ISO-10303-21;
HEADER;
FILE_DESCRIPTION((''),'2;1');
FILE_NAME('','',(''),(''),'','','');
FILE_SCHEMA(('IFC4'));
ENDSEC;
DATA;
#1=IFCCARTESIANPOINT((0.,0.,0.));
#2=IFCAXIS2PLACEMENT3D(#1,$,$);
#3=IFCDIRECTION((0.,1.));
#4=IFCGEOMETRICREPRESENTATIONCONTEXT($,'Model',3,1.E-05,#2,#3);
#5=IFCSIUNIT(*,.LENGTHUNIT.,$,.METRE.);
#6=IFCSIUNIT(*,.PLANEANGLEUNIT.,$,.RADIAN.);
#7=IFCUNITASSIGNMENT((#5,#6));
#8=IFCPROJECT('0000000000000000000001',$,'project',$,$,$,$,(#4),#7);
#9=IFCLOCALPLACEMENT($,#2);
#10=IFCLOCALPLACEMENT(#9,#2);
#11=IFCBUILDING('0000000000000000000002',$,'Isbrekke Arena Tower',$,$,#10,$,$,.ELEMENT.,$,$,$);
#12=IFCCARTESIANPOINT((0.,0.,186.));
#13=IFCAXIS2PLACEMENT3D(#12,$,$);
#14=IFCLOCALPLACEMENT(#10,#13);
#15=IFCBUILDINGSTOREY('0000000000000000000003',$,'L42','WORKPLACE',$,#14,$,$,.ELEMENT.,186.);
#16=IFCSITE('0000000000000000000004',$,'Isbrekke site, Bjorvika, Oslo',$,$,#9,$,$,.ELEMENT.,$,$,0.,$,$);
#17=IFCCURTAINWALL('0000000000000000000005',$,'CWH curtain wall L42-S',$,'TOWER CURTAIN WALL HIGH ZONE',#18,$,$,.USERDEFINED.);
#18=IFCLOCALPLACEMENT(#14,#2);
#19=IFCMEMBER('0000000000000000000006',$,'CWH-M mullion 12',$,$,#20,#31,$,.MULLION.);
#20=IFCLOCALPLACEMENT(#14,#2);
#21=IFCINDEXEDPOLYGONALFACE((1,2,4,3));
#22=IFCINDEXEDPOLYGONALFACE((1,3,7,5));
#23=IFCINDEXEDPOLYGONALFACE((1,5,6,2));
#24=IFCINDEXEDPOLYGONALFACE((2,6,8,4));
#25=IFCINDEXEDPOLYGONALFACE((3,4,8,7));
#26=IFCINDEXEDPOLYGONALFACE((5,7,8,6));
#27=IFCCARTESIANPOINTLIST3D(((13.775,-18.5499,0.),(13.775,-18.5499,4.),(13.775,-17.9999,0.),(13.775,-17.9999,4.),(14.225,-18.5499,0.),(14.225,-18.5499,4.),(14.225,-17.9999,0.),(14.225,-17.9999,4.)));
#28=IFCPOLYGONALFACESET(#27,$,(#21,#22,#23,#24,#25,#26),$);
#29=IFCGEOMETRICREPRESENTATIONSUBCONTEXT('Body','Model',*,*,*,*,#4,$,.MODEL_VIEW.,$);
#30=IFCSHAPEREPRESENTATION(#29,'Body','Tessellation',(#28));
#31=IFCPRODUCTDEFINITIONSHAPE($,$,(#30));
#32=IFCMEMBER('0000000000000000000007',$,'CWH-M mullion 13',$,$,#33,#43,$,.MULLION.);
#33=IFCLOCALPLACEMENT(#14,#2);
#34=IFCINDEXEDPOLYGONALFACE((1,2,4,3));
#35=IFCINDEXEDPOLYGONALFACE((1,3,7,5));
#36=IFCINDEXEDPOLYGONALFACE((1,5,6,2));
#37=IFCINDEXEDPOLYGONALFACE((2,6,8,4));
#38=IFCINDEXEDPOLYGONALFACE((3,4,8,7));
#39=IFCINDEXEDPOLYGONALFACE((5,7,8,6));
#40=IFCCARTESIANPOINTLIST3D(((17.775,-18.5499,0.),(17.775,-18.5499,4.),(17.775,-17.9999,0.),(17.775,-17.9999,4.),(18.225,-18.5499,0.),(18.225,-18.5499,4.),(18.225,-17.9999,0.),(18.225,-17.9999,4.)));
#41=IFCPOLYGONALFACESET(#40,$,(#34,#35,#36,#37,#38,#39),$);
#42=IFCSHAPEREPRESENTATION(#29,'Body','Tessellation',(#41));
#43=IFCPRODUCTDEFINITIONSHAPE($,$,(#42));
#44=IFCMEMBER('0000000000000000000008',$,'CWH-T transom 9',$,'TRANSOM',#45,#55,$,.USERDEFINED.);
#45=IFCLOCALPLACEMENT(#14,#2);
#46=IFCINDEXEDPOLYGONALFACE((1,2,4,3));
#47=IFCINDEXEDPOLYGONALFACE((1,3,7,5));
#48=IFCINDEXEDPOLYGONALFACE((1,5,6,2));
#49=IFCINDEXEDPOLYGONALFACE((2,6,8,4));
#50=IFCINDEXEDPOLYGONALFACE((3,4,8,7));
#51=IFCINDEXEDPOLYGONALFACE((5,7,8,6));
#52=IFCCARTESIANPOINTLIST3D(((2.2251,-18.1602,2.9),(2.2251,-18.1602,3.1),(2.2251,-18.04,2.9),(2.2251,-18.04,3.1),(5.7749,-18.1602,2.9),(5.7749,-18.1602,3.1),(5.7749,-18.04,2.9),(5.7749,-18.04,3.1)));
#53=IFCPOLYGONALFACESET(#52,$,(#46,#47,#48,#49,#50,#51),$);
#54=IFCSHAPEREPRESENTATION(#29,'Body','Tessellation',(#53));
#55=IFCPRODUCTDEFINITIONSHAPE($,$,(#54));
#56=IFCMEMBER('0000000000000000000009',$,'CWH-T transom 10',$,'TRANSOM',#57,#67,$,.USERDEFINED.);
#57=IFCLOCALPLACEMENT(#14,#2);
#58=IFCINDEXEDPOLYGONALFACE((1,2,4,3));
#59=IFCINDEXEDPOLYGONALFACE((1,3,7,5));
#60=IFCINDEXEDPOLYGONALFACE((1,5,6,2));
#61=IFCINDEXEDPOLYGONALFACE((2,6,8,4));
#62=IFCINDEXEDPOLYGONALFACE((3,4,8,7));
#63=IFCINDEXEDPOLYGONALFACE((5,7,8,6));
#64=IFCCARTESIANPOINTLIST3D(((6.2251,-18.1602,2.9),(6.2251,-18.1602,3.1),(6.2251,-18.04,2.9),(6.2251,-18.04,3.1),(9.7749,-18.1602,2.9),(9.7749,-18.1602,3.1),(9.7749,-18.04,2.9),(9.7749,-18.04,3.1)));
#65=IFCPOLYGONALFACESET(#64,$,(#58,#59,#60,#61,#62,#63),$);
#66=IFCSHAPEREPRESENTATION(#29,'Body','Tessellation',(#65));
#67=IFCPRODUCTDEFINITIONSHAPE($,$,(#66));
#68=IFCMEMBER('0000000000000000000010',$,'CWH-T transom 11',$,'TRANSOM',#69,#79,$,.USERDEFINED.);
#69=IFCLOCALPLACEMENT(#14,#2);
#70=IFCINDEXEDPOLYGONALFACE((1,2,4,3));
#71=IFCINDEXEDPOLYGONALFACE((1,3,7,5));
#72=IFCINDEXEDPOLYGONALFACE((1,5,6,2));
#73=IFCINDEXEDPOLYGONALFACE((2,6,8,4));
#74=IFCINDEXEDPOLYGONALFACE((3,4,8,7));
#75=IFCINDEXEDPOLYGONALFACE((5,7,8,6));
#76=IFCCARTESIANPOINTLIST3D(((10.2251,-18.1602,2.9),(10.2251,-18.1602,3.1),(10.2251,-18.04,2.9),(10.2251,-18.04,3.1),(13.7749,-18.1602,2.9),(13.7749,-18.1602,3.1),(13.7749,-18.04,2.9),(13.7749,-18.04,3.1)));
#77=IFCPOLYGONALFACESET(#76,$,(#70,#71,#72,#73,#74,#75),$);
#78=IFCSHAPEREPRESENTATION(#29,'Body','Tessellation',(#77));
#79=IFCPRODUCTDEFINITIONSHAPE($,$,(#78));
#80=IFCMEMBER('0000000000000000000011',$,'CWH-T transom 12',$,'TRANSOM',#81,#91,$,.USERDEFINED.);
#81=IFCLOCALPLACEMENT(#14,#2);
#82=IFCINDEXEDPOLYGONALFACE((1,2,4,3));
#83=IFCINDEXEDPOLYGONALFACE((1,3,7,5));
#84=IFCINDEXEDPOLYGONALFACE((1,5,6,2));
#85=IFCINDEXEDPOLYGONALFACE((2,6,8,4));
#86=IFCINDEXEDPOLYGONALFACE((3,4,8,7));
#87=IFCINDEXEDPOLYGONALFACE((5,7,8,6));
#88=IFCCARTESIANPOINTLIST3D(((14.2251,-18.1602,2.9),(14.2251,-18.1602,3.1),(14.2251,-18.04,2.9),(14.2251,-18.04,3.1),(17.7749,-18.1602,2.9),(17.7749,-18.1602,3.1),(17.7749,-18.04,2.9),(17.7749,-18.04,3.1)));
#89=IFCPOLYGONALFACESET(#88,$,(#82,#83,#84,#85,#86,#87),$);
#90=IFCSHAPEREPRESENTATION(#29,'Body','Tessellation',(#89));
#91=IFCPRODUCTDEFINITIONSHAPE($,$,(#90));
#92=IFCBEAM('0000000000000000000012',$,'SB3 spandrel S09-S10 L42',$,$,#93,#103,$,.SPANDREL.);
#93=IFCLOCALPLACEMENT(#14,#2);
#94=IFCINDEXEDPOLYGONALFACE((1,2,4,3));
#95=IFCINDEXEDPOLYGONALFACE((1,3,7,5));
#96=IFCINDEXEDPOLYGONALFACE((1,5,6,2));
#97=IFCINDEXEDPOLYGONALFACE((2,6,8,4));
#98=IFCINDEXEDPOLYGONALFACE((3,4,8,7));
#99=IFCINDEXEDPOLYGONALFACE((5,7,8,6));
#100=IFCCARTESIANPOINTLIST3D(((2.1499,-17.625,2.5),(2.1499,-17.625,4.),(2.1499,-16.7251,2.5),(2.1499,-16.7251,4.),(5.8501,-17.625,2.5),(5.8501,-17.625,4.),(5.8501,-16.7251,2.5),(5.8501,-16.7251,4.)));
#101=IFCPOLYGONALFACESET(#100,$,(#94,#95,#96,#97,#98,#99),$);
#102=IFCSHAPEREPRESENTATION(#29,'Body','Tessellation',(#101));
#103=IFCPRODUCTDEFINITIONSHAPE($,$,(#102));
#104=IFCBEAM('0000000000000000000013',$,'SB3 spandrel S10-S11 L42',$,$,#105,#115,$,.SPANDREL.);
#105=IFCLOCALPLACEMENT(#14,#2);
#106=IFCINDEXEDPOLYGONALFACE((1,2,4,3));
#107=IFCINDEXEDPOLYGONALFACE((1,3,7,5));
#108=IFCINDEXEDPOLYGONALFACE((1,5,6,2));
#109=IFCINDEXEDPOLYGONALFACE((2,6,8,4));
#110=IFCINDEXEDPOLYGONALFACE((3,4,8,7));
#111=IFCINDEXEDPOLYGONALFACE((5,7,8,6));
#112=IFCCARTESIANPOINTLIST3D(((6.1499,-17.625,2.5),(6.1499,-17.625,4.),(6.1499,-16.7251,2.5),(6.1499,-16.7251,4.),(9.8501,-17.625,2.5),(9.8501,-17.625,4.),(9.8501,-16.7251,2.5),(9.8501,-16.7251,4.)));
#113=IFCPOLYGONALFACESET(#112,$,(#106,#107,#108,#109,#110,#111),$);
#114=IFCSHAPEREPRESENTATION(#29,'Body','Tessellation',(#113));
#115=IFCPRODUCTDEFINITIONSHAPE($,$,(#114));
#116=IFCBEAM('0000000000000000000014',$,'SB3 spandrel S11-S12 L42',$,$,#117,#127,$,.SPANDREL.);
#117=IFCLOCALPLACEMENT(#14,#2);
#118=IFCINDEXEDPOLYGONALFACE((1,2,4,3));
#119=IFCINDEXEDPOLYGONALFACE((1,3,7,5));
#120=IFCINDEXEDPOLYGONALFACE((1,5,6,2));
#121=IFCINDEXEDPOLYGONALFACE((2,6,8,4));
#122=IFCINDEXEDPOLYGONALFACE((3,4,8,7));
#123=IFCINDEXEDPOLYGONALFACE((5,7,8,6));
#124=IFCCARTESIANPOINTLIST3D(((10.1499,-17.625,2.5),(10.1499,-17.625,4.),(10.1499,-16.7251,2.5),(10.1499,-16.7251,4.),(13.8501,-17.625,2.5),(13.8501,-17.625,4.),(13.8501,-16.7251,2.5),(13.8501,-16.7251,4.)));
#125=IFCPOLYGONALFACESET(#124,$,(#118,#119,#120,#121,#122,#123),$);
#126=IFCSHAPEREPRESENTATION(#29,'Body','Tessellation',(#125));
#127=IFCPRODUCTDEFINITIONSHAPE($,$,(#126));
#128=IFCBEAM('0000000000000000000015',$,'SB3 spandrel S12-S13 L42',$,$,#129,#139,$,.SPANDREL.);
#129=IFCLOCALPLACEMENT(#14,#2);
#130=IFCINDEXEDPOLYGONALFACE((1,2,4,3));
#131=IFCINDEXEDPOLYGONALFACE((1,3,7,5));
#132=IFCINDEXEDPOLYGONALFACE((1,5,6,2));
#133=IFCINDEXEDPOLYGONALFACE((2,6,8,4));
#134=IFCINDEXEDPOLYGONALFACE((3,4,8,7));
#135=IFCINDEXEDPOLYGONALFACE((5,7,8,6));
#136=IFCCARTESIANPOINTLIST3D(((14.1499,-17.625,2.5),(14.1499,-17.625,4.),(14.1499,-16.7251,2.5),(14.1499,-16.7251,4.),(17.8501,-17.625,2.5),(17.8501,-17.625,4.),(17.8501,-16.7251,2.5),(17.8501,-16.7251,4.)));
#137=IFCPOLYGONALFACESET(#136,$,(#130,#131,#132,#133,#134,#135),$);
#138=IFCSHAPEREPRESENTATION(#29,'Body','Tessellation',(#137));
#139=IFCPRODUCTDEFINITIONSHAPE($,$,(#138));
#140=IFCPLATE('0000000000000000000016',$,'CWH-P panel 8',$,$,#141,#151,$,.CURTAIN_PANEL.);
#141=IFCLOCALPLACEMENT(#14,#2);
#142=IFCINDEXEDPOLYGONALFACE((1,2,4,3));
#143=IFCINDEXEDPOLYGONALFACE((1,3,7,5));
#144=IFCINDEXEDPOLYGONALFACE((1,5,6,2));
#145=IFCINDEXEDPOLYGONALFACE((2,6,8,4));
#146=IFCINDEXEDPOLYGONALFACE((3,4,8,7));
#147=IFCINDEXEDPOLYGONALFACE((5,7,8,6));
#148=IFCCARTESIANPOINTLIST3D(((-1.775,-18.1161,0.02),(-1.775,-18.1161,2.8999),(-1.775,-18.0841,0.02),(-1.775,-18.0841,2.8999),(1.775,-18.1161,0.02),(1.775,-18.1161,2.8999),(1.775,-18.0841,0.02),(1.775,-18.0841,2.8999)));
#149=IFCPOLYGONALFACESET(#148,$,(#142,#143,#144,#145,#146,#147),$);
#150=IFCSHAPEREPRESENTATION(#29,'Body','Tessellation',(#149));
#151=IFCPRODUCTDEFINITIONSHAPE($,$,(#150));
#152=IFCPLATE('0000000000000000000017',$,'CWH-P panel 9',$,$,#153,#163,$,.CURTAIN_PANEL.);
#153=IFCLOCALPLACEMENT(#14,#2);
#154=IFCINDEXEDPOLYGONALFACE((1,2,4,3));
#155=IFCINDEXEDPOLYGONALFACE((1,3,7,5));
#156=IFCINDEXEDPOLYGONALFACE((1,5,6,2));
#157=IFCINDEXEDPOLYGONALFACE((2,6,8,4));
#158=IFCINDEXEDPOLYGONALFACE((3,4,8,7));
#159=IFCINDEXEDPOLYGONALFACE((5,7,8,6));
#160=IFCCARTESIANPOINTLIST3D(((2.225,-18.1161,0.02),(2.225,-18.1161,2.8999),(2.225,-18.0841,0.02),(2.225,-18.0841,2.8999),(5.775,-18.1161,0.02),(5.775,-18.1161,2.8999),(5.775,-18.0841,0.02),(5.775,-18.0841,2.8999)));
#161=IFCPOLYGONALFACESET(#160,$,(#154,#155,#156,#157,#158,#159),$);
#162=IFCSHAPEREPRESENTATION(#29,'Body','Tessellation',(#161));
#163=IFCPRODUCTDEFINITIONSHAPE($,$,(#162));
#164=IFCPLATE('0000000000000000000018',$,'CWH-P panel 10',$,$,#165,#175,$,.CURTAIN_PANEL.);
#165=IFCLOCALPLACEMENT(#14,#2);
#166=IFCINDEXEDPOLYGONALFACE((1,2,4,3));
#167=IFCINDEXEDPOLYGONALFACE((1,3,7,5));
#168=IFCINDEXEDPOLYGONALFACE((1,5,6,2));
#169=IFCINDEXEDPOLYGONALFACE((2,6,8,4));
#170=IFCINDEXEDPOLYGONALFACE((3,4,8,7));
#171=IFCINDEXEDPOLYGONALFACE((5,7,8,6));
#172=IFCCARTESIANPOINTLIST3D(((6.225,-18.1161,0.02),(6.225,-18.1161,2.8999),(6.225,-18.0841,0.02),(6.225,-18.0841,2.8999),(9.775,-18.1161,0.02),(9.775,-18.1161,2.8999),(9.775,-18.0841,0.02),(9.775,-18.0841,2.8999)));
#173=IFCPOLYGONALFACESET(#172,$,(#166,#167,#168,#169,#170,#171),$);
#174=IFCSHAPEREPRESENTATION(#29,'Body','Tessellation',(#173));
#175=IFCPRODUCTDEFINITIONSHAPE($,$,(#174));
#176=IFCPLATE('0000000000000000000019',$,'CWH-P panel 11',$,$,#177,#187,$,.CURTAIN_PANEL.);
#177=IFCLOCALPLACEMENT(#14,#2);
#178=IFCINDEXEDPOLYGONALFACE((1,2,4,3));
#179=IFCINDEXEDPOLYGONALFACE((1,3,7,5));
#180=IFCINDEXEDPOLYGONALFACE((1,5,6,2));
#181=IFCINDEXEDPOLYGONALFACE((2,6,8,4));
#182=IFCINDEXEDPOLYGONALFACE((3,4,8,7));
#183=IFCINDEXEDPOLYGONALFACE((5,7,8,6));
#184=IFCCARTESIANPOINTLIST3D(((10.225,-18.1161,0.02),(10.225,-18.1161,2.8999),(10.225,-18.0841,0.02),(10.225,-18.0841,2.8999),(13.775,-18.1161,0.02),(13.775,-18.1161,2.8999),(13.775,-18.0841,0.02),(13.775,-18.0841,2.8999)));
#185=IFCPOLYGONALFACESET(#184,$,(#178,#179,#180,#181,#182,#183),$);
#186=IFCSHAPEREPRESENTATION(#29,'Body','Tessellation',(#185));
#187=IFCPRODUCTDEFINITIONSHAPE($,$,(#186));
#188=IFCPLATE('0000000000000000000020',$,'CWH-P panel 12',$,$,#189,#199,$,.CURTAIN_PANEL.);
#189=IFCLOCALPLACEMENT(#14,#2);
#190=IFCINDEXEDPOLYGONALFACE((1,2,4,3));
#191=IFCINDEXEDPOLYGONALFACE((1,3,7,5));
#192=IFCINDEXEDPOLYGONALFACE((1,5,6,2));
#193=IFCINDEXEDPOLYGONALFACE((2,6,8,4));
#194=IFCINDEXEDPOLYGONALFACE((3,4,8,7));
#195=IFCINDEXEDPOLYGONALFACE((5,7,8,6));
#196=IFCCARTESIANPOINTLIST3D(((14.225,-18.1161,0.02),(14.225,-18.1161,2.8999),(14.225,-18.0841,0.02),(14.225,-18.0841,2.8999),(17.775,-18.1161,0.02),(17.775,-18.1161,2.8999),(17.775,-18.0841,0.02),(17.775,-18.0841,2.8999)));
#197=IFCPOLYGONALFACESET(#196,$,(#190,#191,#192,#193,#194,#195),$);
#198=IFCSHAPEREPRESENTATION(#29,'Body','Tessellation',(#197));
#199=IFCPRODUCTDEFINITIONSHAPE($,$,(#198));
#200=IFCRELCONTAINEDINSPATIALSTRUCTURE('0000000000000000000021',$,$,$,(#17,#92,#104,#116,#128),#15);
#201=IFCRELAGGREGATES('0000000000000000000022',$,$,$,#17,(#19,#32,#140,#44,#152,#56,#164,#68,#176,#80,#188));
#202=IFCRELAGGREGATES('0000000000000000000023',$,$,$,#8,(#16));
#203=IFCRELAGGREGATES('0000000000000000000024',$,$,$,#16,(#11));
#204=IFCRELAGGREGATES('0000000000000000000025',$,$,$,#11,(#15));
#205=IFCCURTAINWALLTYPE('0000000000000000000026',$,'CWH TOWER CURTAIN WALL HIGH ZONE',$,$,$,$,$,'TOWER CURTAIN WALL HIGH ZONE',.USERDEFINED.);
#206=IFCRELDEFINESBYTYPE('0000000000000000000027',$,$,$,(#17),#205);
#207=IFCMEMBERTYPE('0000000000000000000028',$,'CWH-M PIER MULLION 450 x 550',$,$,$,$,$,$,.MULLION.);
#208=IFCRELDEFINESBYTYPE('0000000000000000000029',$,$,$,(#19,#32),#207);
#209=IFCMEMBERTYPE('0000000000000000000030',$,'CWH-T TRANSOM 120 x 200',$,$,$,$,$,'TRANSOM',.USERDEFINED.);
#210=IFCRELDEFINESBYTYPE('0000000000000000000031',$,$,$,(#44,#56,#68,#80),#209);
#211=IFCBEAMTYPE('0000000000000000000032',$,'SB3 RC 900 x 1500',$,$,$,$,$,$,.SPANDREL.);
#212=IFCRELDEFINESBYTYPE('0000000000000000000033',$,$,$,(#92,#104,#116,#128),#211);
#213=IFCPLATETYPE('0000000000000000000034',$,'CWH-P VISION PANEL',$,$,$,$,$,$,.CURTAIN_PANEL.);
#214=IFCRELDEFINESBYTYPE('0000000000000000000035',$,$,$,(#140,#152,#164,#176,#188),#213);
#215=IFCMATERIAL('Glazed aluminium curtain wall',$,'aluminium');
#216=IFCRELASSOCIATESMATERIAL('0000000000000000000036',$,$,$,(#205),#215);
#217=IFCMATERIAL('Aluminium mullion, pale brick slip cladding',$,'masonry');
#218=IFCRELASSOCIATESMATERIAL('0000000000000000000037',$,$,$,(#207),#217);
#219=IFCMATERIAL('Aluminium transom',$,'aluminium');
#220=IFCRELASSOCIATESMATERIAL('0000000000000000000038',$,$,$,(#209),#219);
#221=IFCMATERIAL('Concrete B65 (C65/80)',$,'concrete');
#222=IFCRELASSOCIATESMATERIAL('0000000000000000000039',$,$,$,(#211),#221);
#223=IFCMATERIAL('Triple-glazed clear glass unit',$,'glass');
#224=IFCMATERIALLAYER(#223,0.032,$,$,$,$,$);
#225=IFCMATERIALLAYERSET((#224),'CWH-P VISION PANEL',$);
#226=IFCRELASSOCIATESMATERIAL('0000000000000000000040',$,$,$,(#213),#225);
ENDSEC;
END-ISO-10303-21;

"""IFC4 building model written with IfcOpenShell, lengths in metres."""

from ifc_helpers import new_model, si_unit, direction, frame, origin, origin_2d, place, context, subcontext, project, spatial, rectangle, extrude, material, layer, layer_set, material_profile, profile_set, type_object, element, aggregate, save


model = new_model("IFC4")

# Units and contexts
model_context = context("Model", 3, precision=1e-05, world=origin(), true_north=direction((0.0, 1.0)))
body_context = subcontext(model_context, "Body", "Model", "MODEL_VIEW")
ifc_project = project(units=[si_unit("LENGTHUNIT", "METRE"), si_unit("PLANEANGLEUNIT", "RADIAN")], contexts=[model_context])

# Site, building, storey
site_placement = place(None, origin())
site = spatial("IfcSite", under=ifc_project, at=site_placement, Name="Isbrekke site, Bjorvika, Oslo", CompositionType="ELEMENT", RefElevation=0.0)
building_placement = place(site_placement, origin())
building = spatial("IfcBuilding", under=site, at=building_placement, Name="Isbrekke Arena Tower", CompositionType="ELEMENT")
storey_placement = place(building_placement, frame((0.0, 0.0, 186.0)))
storey = spatial("IfcBuildingStorey", under=building, at=storey_placement, Name="L42", Description="WORKPLACE", CompositionType="ELEMENT", Elevation=186.0)

# Curtain wall, members
ifc_material_1 = material(Name="Glazed aluminium curtain wall", Category="aluminium")
curtain_wall_type = type_object("IfcCurtainWallType", Name="CWH TOWER CURTAIN WALL HIGH ZONE", ElementType="TOWER CURTAIN WALL HIGH ZONE", PredefinedType="USERDEFINED", material=ifc_material_1)
curtain_wall_placement = place(storey_placement, origin())
curtain_wall = element("IfcCurtainWall", 1, at=curtain_wall_placement, inside=storey, type_object=curtain_wall_type, Name="CWH curtain wall L42-S", ObjectType="TOWER CURTAIN WALL HIGH ZONE", PredefinedType="USERDEFINED")
ifc_material_2 = material(Name="Aluminium mullion, pale brick slip cladding", Category="masonry")
ifc_material_profile_1 = material_profile(ifc_material_2, rectangle(XDim=0.45, YDim=0.55, at=origin_2d()), Name="PIER 450X550")
ifc_profile_set_1 = profile_set([ifc_material_profile_1], Name="Aluminium mullion, pale brick slip cladding")
member_type_1 = type_object("IfcMemberType", Name="CWH-M PIER MULLION 450 x 550", PredefinedType="MULLION", material=ifc_profile_set_1)
member_1_placement = place(storey_placement, frame((14.0, -18.2749, 0.0), z_axis=(0.0, 0.0, 1.0), x_axis=(1.0, 0.0, 0.0)))
member_1 = element("IfcMember", 2, at=member_1_placement, type_object=member_type_1, Name="CWH-M mullion 12", PredefinedType="MULLION", context=body_context, shape_type="SweptSolid", body=[
    extrude(rectangle(XDim=0.45, YDim=0.55, at=origin_2d()), origin(), (0.0, 0.0, 1.0), 4.0),
])
member_2_placement = place(storey_placement, frame((18.0, -18.2749, 0.0), z_axis=(0.0, 0.0, 1.0), x_axis=(1.0, 0.0, 0.0)))
member_2 = element("IfcMember", 3, at=member_2_placement, type_object=member_type_1, Name="CWH-M mullion 13", PredefinedType="MULLION", context=body_context, shape_type="SweptSolid", body=[
    extrude(rectangle(XDim=0.45, YDim=0.55, at=origin_2d()), origin(), (0.0, 0.0, 1.0), 4.0),
])
ifc_material_3 = material(Name="Aluminium transom", Category="aluminium")
ifc_material_profile_2 = material_profile(ifc_material_3, rectangle(XDim=0.1201, YDim=0.2, at=origin_2d()), Name="TRANSOM 120X200")
ifc_profile_set_2 = profile_set([ifc_material_profile_2], Name="Aluminium transom")
member_type_2 = type_object("IfcMemberType", Name="CWH-T TRANSOM 120 x 200", ElementType="TRANSOM", PredefinedType="USERDEFINED", material=ifc_profile_set_2)
member_3_placement = place(storey_placement, frame((2.2251, -18.1001, 3.0), z_axis=(1.0, 0.0, 0.0), x_axis=(0.0, 1.0, 0.0)))
member_3 = element("IfcMember", 4, at=member_3_placement, type_object=member_type_2, Name="CWH-T transom 9", ObjectType="TRANSOM", PredefinedType="USERDEFINED", context=body_context, shape_type="SweptSolid", body=[
    extrude(rectangle(XDim=0.1201, YDim=0.2, at=origin_2d()), origin(), (0.0, 0.0, 1.0), 3.5498),
])
member_4_placement = place(storey_placement, frame((6.2251, -18.1001, 3.0), z_axis=(1.0, 0.0, 0.0), x_axis=(0.0, 1.0, 0.0)))
member_4 = element("IfcMember", 5, at=member_4_placement, type_object=member_type_2, Name="CWH-T transom 10", ObjectType="TRANSOM", PredefinedType="USERDEFINED", context=body_context, shape_type="SweptSolid", body=[
    extrude(rectangle(XDim=0.1201, YDim=0.2, at=origin_2d()), origin(), (0.0, 0.0, 1.0), 3.5498),
])
member_5_placement = place(storey_placement, frame((10.2251, -18.1001, 3.0), z_axis=(1.0, 0.0, 0.0), x_axis=(0.0, 1.0, 0.0)))
member_5 = element("IfcMember", 6, at=member_5_placement, type_object=member_type_2, Name="CWH-T transom 11", ObjectType="TRANSOM", PredefinedType="USERDEFINED", context=body_context, shape_type="SweptSolid", body=[
    extrude(rectangle(XDim=0.1201, YDim=0.2, at=origin_2d()), origin(), (0.0, 0.0, 1.0), 3.5498),
])
member_6_placement = place(storey_placement, frame((14.2251, -18.1001, 3.0), z_axis=(1.0, 0.0, 0.0), x_axis=(0.0, 1.0, 0.0)))
member_6 = element("IfcMember", 7, at=member_6_placement, type_object=member_type_2, Name="CWH-T transom 12", ObjectType="TRANSOM", PredefinedType="USERDEFINED", context=body_context, shape_type="SweptSolid", body=[
    extrude(rectangle(XDim=0.1201, YDim=0.2, at=origin_2d()), origin(), (0.0, 0.0, 1.0), 3.5498),
])

# Beams
ifc_material_4 = material(Name="Concrete B65 (C65/80)", Category="concrete")
ifc_material_profile_3 = material_profile(ifc_material_4, rectangle(XDim=0.8999, YDim=1.5, at=origin_2d()), Name="RC 900x1500")
ifc_profile_set_3 = profile_set([ifc_material_profile_3], Name="Concrete B65 (C65/80)")
beam_type_1 = type_object("IfcBeamType", Name="SB3 RC 900 x 1500", PredefinedType="SPANDREL", material=ifc_profile_set_3)
for number, where, z_axis, x_axis, name in (
    (8, (2.1499, -17.175, 3.25), (1.0, 0.0, 0.0), (0.0, 1.0, 0.0), "SB3 spandrel S09-S10 L42"),
    (9, (6.1499, -17.175, 3.25), (1.0, 0.0, 0.0), (0.0, 1.0, 0.0), "SB3 spandrel S10-S11 L42"),
    (10, (10.1499, -17.175, 3.25), (1.0, 0.0, 0.0), (0.0, 1.0, 0.0), "SB3 spandrel S11-S12 L42"),
    (11, (14.1499, -17.175, 3.25), (1.0, 0.0, 0.0), (0.0, 1.0, 0.0), "SB3 spandrel S12-S13 L42"),
):
    element("IfcBeam", number, at=place(storey_placement, frame(where, z_axis=z_axis, x_axis=x_axis)), inside=storey, type_object=beam_type_1, Name=name, PredefinedType="SPANDREL", context=body_context, shape_type="SweptSolid", body=[
        extrude(rectangle(XDim=0.8999, YDim=1.5, at=origin_2d()), origin(), (0.0, 0.0, 1.0), 3.7002),
    ])

# Plates
ifc_material_5 = material(Name="Triple-glazed clear glass unit", Category="glass")
ifc_layer = layer(ifc_material_5, 0.032)
ifc_layer_set = layer_set([ifc_layer], Name="CWH-P VISION PANEL")
plate_type = type_object("IfcPlateType", Name="CWH-P VISION PANEL", PredefinedType="CURTAIN_PANEL", material=ifc_layer_set)
plate_1_placement = place(storey_placement, frame((0.0, -18.1001, 0.02), z_axis=(0.0, 0.0, 1.0), x_axis=(1.0, 0.0, 0.0)))
plate_1 = element("IfcPlate", 12, at=plate_1_placement, type_object=plate_type, Name="CWH-P panel 8", PredefinedType="CURTAIN_PANEL", context=body_context, shape_type="SweptSolid", body=[
    extrude(rectangle(XDim=3.55, YDim=0.032, at=origin_2d()), origin(), (0.0, 0.0, 1.0), 2.8799),
])
plate_2_placement = place(storey_placement, frame((4.0, -18.1001, 0.02), z_axis=(0.0, 0.0, 1.0), x_axis=(1.0, 0.0, 0.0)))
plate_2 = element("IfcPlate", 13, at=plate_2_placement, type_object=plate_type, Name="CWH-P panel 9", PredefinedType="CURTAIN_PANEL", context=body_context, shape_type="SweptSolid", body=[
    extrude(rectangle(XDim=3.55, YDim=0.032, at=origin_2d()), origin(), (0.0, 0.0, 1.0), 2.8799),
])
plate_3_placement = place(storey_placement, frame((8.0, -18.1001, 0.02), z_axis=(0.0, 0.0, 1.0), x_axis=(1.0, 0.0, 0.0)))
plate_3 = element("IfcPlate", 14, at=plate_3_placement, type_object=plate_type, Name="CWH-P panel 10", PredefinedType="CURTAIN_PANEL", context=body_context, shape_type="SweptSolid", body=[
    extrude(rectangle(XDim=3.55, YDim=0.032, at=origin_2d()), origin(), (0.0, 0.0, 1.0), 2.8799),
])
plate_4_placement = place(storey_placement, frame((12.0, -18.1001, 0.02), z_axis=(0.0, 0.0, 1.0), x_axis=(1.0, 0.0, 0.0)))
plate_4 = element("IfcPlate", 15, at=plate_4_placement, type_object=plate_type, Name="CWH-P panel 11", PredefinedType="CURTAIN_PANEL", context=body_context, shape_type="SweptSolid", body=[
    extrude(rectangle(XDim=3.55, YDim=0.032, at=origin_2d()), origin(), (0.0, 0.0, 1.0), 2.8799),
])
plate_5_placement = place(storey_placement, frame((16.0, -18.1001, 0.02), z_axis=(0.0, 0.0, 1.0), x_axis=(1.0, 0.0, 0.0)))
plate_5 = element("IfcPlate", 16, at=plate_5_placement, type_object=plate_type, Name="CWH-P panel 12", PredefinedType="CURTAIN_PANEL", context=body_context, shape_type="SweptSolid", body=[
    extrude(rectangle(XDim=3.55, YDim=0.032, at=origin_2d()), origin(), (0.0, 0.0, 1.0), 2.8799),
])
aggregate(curtain_wall, [member_1, member_2, plate_1, member_3, plate_2, member_4, plate_3, member_5, plate_4, member_6, plate_5])

save(model, "model.ifc")
